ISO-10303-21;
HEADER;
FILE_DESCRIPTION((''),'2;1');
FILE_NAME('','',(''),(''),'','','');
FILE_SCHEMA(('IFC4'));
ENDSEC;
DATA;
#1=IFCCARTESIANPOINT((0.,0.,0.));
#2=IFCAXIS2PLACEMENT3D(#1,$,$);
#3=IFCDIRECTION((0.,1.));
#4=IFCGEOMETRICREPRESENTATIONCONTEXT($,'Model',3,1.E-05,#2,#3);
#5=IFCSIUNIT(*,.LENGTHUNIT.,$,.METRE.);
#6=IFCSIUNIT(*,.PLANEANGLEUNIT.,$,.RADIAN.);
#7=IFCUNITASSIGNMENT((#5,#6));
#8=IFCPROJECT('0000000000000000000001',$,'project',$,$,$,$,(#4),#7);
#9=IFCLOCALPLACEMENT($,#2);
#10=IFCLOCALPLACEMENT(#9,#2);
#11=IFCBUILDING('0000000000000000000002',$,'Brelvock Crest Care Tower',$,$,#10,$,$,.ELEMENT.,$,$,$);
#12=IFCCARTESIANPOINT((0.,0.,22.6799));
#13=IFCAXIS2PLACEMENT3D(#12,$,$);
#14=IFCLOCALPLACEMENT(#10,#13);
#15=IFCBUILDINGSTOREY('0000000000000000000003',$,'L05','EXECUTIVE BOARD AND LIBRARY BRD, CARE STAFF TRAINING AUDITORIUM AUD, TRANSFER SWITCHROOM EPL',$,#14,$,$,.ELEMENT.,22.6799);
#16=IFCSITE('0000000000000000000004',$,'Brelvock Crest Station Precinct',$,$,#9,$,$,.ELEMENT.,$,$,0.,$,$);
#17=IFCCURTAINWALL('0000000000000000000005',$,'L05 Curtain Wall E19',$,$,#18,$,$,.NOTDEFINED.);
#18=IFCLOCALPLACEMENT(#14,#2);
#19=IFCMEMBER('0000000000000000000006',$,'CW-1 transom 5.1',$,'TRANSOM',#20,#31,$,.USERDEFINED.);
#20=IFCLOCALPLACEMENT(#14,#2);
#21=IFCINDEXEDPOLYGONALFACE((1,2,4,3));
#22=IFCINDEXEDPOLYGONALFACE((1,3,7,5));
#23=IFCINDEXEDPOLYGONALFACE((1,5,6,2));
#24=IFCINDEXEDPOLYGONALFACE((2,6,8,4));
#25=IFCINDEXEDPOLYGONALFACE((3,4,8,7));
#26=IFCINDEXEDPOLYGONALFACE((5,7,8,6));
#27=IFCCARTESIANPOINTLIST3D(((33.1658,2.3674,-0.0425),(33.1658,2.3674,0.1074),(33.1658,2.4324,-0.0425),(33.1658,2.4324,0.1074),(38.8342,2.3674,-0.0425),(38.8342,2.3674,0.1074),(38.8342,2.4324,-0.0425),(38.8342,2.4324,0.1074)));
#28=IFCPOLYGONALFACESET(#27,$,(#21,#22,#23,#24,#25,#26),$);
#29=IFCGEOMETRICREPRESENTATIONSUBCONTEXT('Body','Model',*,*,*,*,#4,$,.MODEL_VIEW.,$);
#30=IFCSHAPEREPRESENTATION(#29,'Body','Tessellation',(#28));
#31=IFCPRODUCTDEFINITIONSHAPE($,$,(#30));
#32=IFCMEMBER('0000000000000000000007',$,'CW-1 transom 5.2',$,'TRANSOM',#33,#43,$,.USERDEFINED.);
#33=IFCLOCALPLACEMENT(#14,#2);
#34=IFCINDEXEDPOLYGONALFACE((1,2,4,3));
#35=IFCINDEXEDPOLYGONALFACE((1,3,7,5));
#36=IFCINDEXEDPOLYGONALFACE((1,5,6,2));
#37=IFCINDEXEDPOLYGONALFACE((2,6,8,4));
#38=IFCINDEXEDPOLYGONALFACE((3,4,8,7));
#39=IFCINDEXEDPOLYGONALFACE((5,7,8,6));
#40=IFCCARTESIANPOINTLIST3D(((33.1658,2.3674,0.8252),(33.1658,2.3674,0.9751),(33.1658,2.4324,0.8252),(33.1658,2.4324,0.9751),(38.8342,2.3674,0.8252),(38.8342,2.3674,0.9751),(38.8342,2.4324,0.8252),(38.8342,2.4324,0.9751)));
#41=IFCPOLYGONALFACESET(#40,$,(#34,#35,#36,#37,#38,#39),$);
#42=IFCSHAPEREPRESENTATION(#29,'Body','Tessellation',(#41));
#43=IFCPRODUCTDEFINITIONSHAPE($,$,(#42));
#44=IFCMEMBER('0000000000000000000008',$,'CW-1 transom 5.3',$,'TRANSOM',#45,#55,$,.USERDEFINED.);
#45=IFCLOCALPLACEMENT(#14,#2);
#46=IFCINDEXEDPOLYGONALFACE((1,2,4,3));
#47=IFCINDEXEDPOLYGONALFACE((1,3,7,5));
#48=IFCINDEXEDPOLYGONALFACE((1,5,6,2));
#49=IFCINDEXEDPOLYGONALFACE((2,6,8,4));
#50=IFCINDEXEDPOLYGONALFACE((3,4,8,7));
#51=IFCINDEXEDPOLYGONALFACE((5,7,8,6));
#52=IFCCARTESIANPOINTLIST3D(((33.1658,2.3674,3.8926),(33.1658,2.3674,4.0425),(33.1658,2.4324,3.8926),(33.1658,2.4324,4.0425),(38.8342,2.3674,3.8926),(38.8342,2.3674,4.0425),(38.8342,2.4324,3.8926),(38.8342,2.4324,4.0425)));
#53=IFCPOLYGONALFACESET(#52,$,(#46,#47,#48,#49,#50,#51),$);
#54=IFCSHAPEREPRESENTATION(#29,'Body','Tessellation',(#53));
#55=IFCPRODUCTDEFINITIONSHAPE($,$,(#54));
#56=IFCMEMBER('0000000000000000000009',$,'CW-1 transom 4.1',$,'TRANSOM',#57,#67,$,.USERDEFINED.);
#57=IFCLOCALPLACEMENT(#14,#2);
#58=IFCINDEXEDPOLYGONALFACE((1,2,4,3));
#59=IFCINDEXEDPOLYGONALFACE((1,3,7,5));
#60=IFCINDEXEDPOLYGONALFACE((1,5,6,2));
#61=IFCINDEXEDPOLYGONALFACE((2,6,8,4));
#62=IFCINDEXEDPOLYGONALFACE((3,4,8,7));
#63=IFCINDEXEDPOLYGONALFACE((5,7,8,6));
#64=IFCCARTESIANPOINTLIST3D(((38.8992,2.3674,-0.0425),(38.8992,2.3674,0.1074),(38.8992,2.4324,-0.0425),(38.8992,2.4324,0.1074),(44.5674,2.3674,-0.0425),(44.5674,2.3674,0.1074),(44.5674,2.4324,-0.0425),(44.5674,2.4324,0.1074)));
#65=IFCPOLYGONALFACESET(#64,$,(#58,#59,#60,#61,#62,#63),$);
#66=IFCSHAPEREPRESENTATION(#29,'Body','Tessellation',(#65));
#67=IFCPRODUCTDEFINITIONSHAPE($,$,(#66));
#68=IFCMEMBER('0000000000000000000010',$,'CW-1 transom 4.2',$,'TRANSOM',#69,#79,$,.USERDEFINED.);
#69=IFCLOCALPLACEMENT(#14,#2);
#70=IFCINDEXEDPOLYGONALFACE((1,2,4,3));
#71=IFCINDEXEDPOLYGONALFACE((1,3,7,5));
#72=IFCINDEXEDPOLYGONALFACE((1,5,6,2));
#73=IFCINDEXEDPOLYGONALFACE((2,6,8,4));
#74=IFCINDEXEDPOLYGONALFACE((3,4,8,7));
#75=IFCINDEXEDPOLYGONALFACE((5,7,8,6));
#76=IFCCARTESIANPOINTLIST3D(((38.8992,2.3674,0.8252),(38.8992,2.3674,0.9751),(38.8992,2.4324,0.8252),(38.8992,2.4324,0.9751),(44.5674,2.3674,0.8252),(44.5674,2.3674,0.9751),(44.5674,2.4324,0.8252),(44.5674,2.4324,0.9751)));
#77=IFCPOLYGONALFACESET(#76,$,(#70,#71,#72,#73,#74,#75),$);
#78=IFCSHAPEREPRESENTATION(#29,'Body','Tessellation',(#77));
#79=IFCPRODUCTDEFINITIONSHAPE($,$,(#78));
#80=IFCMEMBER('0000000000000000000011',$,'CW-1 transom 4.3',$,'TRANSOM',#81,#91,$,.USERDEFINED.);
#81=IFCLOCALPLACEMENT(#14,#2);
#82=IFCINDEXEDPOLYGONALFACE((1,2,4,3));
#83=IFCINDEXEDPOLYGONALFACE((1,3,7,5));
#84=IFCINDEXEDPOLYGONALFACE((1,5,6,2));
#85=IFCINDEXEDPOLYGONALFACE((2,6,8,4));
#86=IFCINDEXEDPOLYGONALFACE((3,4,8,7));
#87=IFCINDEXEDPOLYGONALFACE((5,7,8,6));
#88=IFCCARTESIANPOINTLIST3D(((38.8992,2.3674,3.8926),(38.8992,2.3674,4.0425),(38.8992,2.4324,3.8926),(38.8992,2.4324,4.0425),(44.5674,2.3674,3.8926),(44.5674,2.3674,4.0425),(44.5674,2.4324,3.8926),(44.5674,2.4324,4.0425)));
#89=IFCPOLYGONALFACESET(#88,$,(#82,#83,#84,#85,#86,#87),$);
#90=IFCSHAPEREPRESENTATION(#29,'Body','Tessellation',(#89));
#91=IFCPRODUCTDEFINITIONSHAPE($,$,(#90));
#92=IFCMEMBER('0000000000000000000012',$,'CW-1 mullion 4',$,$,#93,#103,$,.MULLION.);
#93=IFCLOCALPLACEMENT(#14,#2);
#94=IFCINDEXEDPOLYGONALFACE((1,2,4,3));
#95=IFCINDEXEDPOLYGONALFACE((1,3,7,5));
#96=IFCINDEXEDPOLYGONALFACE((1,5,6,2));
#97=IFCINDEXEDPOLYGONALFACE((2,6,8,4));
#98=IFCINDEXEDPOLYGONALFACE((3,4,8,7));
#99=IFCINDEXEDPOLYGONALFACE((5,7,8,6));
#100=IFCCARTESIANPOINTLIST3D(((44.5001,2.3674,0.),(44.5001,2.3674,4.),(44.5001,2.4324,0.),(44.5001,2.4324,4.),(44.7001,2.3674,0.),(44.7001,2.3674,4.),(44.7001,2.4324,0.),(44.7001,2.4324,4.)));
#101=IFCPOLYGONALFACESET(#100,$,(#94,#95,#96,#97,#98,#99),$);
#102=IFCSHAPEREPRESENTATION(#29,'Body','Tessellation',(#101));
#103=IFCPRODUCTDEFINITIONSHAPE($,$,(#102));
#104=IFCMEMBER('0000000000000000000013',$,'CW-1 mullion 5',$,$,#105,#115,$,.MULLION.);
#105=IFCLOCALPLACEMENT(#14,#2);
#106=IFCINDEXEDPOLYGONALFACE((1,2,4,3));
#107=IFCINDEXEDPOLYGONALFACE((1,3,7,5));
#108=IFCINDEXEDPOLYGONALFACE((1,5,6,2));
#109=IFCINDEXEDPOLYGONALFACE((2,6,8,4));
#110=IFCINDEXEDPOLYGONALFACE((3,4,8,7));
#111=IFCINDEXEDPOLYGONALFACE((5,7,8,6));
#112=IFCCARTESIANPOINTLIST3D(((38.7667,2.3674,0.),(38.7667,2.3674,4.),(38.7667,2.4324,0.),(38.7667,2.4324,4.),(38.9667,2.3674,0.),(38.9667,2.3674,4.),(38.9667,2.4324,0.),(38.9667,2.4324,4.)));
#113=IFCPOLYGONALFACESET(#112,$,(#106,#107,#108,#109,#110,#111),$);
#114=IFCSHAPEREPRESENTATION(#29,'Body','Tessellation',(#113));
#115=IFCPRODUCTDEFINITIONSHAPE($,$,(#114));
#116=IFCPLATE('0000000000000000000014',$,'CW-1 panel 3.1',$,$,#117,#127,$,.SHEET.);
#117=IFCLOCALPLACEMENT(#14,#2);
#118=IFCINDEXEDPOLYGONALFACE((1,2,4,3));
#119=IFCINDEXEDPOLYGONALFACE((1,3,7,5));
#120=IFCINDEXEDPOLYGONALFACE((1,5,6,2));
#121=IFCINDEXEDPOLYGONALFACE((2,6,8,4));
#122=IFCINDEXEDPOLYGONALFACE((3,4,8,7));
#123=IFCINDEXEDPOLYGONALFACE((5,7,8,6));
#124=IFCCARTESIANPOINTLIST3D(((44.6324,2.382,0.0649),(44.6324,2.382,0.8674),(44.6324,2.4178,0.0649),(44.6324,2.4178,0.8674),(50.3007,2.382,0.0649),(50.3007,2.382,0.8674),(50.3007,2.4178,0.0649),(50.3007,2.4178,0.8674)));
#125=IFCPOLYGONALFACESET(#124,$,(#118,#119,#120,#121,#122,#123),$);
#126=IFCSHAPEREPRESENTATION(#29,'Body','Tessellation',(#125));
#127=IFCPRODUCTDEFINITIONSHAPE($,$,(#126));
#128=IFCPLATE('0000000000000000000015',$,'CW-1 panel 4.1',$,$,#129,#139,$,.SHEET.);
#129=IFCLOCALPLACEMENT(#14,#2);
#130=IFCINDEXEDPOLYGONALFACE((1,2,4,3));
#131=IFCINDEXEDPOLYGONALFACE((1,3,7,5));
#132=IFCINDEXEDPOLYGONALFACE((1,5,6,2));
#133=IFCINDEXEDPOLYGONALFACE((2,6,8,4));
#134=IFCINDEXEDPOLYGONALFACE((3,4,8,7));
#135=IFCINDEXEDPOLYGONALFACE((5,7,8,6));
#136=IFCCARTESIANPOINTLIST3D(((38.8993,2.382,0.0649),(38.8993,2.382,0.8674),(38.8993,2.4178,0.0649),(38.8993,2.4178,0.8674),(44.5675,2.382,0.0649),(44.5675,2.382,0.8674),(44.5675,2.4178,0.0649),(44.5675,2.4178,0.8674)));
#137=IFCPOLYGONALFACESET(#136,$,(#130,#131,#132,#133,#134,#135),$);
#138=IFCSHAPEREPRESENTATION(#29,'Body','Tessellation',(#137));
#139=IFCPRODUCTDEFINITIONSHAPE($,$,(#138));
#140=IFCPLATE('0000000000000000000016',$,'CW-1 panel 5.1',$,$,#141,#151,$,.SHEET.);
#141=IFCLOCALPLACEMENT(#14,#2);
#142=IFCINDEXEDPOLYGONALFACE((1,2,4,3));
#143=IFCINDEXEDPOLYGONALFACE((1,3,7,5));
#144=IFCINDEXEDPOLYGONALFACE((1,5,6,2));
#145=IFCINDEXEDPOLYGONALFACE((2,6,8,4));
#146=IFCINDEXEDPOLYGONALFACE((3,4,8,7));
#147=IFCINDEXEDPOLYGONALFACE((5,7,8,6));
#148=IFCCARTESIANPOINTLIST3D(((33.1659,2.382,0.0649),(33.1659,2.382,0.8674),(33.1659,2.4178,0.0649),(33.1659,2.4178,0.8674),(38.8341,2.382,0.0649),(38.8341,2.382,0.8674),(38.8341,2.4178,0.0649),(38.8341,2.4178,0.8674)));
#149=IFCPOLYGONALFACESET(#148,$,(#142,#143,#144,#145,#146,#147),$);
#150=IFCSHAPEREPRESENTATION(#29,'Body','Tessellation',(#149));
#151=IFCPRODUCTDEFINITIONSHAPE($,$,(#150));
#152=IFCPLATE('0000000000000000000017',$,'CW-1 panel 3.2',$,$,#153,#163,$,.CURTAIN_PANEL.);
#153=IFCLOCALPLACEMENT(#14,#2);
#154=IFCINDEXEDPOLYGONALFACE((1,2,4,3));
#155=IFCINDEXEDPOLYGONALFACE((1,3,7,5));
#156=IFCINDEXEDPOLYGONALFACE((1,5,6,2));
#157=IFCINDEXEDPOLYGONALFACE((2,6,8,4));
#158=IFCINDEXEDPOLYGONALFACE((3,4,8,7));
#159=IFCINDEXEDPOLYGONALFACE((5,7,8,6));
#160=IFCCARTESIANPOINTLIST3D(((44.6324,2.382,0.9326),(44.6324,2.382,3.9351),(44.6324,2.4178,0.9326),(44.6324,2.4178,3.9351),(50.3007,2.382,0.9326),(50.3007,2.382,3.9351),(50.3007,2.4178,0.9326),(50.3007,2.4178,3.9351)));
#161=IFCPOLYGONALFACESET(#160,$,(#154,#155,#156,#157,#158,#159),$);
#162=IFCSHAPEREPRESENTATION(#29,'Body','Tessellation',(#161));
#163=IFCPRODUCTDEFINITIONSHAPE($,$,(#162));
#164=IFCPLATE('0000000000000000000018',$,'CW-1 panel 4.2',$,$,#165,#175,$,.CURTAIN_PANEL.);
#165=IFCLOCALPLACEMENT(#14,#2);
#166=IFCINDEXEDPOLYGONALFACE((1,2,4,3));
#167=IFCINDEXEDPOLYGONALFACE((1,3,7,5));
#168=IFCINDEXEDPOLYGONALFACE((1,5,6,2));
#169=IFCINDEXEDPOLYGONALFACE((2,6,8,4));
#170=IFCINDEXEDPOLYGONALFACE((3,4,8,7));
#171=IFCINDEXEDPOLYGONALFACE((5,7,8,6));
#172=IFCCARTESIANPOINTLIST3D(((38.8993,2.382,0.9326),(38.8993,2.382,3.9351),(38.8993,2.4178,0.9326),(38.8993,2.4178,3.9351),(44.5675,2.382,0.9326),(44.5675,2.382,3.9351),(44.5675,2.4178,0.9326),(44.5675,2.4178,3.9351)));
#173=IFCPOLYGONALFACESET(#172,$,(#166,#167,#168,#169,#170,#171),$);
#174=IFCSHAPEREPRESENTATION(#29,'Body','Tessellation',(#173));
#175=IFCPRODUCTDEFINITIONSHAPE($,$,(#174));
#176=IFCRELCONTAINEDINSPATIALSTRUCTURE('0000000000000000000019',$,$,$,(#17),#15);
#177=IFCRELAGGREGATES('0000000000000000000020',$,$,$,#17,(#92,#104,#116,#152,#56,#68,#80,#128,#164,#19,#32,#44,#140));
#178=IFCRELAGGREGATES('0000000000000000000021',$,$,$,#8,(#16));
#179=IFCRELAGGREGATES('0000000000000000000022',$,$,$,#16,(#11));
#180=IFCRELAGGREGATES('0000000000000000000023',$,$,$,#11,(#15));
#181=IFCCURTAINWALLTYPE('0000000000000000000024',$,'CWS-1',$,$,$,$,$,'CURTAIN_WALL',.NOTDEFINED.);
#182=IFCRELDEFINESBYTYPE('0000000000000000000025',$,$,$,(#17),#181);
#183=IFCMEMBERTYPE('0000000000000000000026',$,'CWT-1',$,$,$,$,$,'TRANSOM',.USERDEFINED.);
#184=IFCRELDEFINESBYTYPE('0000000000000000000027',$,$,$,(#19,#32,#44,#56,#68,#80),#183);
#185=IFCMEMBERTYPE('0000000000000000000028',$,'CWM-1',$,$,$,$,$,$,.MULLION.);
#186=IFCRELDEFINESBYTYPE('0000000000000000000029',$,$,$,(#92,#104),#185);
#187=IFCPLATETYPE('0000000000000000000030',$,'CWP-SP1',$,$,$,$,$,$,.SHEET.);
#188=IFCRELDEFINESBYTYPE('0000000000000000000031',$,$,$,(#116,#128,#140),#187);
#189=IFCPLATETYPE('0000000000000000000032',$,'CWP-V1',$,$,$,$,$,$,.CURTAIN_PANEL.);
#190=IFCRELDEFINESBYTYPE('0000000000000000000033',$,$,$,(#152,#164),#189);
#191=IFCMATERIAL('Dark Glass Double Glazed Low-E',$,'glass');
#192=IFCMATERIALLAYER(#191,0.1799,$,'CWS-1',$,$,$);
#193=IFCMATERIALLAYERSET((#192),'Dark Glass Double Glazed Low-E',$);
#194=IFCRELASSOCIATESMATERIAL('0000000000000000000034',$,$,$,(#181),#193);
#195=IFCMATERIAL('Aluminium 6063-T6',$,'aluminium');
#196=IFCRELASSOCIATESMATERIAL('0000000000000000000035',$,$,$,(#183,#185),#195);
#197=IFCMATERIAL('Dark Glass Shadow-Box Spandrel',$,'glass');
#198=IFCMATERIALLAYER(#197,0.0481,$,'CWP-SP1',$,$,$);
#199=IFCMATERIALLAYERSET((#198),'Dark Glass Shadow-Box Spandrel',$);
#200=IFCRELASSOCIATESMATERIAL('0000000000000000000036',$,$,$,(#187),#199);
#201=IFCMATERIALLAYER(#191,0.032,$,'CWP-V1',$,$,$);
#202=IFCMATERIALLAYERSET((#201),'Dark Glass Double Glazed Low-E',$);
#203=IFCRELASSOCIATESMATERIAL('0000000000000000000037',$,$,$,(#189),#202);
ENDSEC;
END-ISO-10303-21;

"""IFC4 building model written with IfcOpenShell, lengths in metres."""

from ifc_helpers import new_model, si_unit, direction, frame, origin, origin_2d, place, context, subcontext, project, spatial, rectangle, extrude, source, transform, mapped, material, layer, layer_set, material_profile, profile_set, type_object, element, aggregate, save


model = new_model("IFC4")

# Units and contexts
model_context = context("Model", 3, precision=1e-05, world=origin(), true_north=direction((0.0, 1.0)))
body_context = subcontext(model_context, "Body", "Model", "MODEL_VIEW")
ifc_project = project(units=[si_unit("LENGTHUNIT", "METRE"), si_unit("PLANEANGLEUNIT", "RADIAN")], contexts=[model_context])

# Site, building, storey
site_placement = place(None, origin())
site = spatial("IfcSite", under=ifc_project, at=site_placement, Name="Brelvock Crest Station Precinct", CompositionType="ELEMENT", RefElevation=0.0)
building_placement = place(site_placement, origin())
building = spatial("IfcBuilding", under=site, at=building_placement, Name="Brelvock Crest Care Tower", CompositionType="ELEMENT")
storey_placement = place(building_placement, frame((0.0, 0.0, 22.6799)))
storey = spatial("IfcBuildingStorey", under=building, at=storey_placement, Name="L05", Description="EXECUTIVE BOARD AND LIBRARY BRD, CARE STAFF TRAINING AUDITORIUM AUD, TRANSFER SWITCHROOM EPL", CompositionType="ELEMENT", Elevation=22.6799)

# Curtain wall, members, plates
ifc_material_1 = material(Name="Dark Glass Double Glazed Low-E", Category="glass")
ifc_layer_1 = layer(ifc_material_1, 0.1799, Name="CWS-1")
ifc_layer_set_1 = layer_set([ifc_layer_1], Name="Dark Glass Double Glazed Low-E")
curtain_wall_type = type_object("IfcCurtainWallType", Name="CWS-1", ElementType="CURTAIN_WALL", PredefinedType="NOTDEFINED", material=ifc_layer_set_1)
curtain_wall_placement = place(storey_placement, origin())
curtain_wall = element("IfcCurtainWall", 1, at=curtain_wall_placement, inside=storey, type_object=curtain_wall_type, Name="L05 Curtain Wall E19", PredefinedType="NOTDEFINED")
ifc_material_2 = material(Name="Aluminium 6063-T6", Category="aluminium")
ifc_material_profile_1 = material_profile(ifc_material_2, rectangle(XDim=0.0649, YDim=0.1499, at=origin_2d()), Name="ALU65x150")
ifc_profile_set_1 = profile_set([ifc_material_profile_1], Name="Aluminium 6063-T6")
member_type_1 = type_object("IfcMemberType", Name="CWT-1", ElementType="TRANSOM", PredefinedType="USERDEFINED", material=ifc_profile_set_1)
shared_shape_1 = source(origin(), body_context, "Body", "SweptSolid", [
    extrude(rectangle(XDim=0.0649, YDim=0.1499, at=origin_2d()), origin(), (0.0, 0.0, 1.0), 5.6685),
])
member_1_placement = place(storey_placement, frame((38.8342, 2.3999, 0.0325), z_axis=(-1.0, 0.0, 0.0), x_axis=(0.0, -1.0, 0.0)))
member_1 = element("IfcMember", 2, at=member_1_placement, type_object=member_type_1, Name="CW-1 transom 5.1", ObjectType="TRANSOM", PredefinedType="USERDEFINED", context=body_context, shape_type="MappedRepresentation", body=[
    mapped(shared_shape_1, transform((0.0, 0.0, 0.0), x_axis=(1.0, 0.0, 0.0), y_axis=(0.0, 1.0, 0.0), z_axis=(0.0, 0.0, 1.0), scale=1.0)),
])
member_2_placement = place(storey_placement, frame((38.8342, 2.3999, 0.9001), z_axis=(-1.0, 0.0, 0.0), x_axis=(0.0, -1.0, 0.0)))
member_2 = element("IfcMember", 3, at=member_2_placement, type_object=member_type_1, Name="CW-1 transom 5.2", ObjectType="TRANSOM", PredefinedType="USERDEFINED", context=body_context, shape_type="MappedRepresentation", body=[
    mapped(shared_shape_1, transform((0.0, 0.0, 0.0), x_axis=(1.0, 0.0, 0.0), y_axis=(0.0, 1.0, 0.0), z_axis=(0.0, 0.0, 1.0), scale=1.0)),
])
member_3_placement = place(storey_placement, frame((38.8342, 2.3999, 3.9675), z_axis=(-1.0, 0.0, 0.0), x_axis=(0.0, -1.0, 0.0)))
member_3 = element("IfcMember", 4, at=member_3_placement, type_object=member_type_1, Name="CW-1 transom 5.3", ObjectType="TRANSOM", PredefinedType="USERDEFINED", context=body_context, shape_type="MappedRepresentation", body=[
    mapped(shared_shape_1, transform((0.0, 0.0, 0.0), x_axis=(1.0, 0.0, 0.0), y_axis=(0.0, 1.0, 0.0), z_axis=(0.0, 0.0, 1.0), scale=1.0)),
])
shared_shape_2 = source(origin(), body_context, "Body", "SweptSolid", [
    extrude(rectangle(XDim=0.0649, YDim=0.1499, at=origin_2d()), origin(), (0.0, 0.0, 1.0), 5.6682),
])
member_4_placement = place(storey_placement, frame((44.5674, 2.3999, 0.0325), z_axis=(-1.0, 0.0, 0.0), x_axis=(0.0, -1.0, 0.0)))
member_4 = element("IfcMember", 5, at=member_4_placement, type_object=member_type_1, Name="CW-1 transom 4.1", ObjectType="TRANSOM", PredefinedType="USERDEFINED", context=body_context, shape_type="MappedRepresentation", body=[
    mapped(shared_shape_2, transform((0.0, 0.0, 0.0), x_axis=(1.0, 0.0, 0.0), y_axis=(0.0, 1.0, 0.0), z_axis=(0.0, 0.0, 1.0), scale=1.0)),
])
member_5_placement = place(storey_placement, frame((44.5674, 2.3999, 0.9001), z_axis=(-1.0, 0.0, 0.0), x_axis=(0.0, -1.0, 0.0)))
member_5 = element("IfcMember", 6, at=member_5_placement, type_object=member_type_1, Name="CW-1 transom 4.2", ObjectType="TRANSOM", PredefinedType="USERDEFINED", context=body_context, shape_type="MappedRepresentation", body=[
    mapped(shared_shape_2, transform((0.0, 0.0, 0.0), x_axis=(1.0, 0.0, 0.0), y_axis=(0.0, 1.0, 0.0), z_axis=(0.0, 0.0, 1.0), scale=1.0)),
])
member_6_placement = place(storey_placement, frame((44.5674, 2.3999, 3.9675), z_axis=(-1.0, 0.0, 0.0), x_axis=(0.0, -1.0, 0.0)))
member_6 = element("IfcMember", 7, at=member_6_placement, type_object=member_type_1, Name="CW-1 transom 4.3", ObjectType="TRANSOM", PredefinedType="USERDEFINED", context=body_context, shape_type="MappedRepresentation", body=[
    mapped(shared_shape_2, transform((0.0, 0.0, 0.0), x_axis=(1.0, 0.0, 0.0), y_axis=(0.0, 1.0, 0.0), z_axis=(0.0, 0.0, 1.0), scale=1.0)),
])
ifc_material_profile_2 = material_profile(ifc_material_2, rectangle(XDim=0.0649, YDim=0.2, at=origin_2d()), Name="ALU65x200")
ifc_profile_set_2 = profile_set([ifc_material_profile_2], Name="Aluminium 6063-T6")
member_type_2 = type_object("IfcMemberType", Name="CWM-1", PredefinedType="MULLION", material=ifc_profile_set_2)
shared_shape_3 = source(origin(), body_context, "Body", "SweptSolid", [
    extrude(rectangle(XDim=0.0649, YDim=0.2, at=origin_2d()), origin(), (0.0, 0.0, 1.0), 4.0),
])
member_7_placement = place(storey_placement, frame((44.6001, 2.3999, 0.0), z_axis=(0.0, 0.0, 1.0), x_axis=(0.0, -1.0, 0.0)))
member_7 = element("IfcMember", 8, at=member_7_placement, type_object=member_type_2, Name="CW-1 mullion 4", PredefinedType="MULLION", context=body_context, shape_type="MappedRepresentation", body=[
    mapped(shared_shape_3, transform((0.0, 0.0, 0.0), x_axis=(1.0, 0.0, 0.0), y_axis=(0.0, 1.0, 0.0), z_axis=(0.0, 0.0, 1.0), scale=1.0)),
])
member_8_placement = place(storey_placement, frame((38.8667, 2.3999, 0.0), z_axis=(0.0, 0.0, 1.0), x_axis=(0.0, -1.0, 0.0)))
member_8 = element("IfcMember", 9, at=member_8_placement, type_object=member_type_2, Name="CW-1 mullion 5", PredefinedType="MULLION", context=body_context, shape_type="MappedRepresentation", body=[
    mapped(shared_shape_3, transform((0.0, 0.0, 0.0), x_axis=(1.0, 0.0, 0.0), y_axis=(0.0, 1.0, 0.0), z_axis=(0.0, 0.0, 1.0), scale=1.0)),
])
ifc_material_3 = material(Name="Dark Glass Shadow-Box Spandrel", Category="glass")
ifc_layer_2 = layer(ifc_material_3, 0.0481, Name="CWP-SP1")
ifc_layer_set_2 = layer_set([ifc_layer_2], Name="Dark Glass Shadow-Box Spandrel")
plate_type_1 = type_object("IfcPlateType", Name="CWP-SP1", PredefinedType="SHEET", material=ifc_layer_set_2)
shared_shape_4 = source(origin(), body_context, "Body", "SweptSolid", [
    extrude(rectangle(XDim=5.6682, YDim=0.0359, at=origin_2d()), origin(), (0.0, 0.0, 1.0), 0.8025),
])
plate_1_placement = place(storey_placement, frame((47.4666, 2.3999, 0.0649), z_axis=(0.0, 0.0, 1.0), x_axis=(-1.0, 0.0, 0.0)))
plate_1 = element("IfcPlate", 10, at=plate_1_placement, type_object=plate_type_1, Name="CW-1 panel 3.1", PredefinedType="SHEET", context=body_context, shape_type="MappedRepresentation", body=[
    mapped(shared_shape_4, transform((0.0, 0.0, 0.0), x_axis=(1.0, 0.0, 0.0), y_axis=(0.0, 1.0, 0.0), z_axis=(0.0, 0.0, 1.0), scale=1.0)),
])
plate_2_placement = place(storey_placement, frame((41.7334, 2.3999, 0.0649), z_axis=(0.0, 0.0, 1.0), x_axis=(-1.0, 0.0, 0.0)))
plate_2 = element("IfcPlate", 11, at=plate_2_placement, type_object=plate_type_1, Name="CW-1 panel 4.1", PredefinedType="SHEET", context=body_context, shape_type="MappedRepresentation", body=[
    mapped(shared_shape_4, transform((0.0, 0.0, 0.0), x_axis=(1.0, 0.0, 0.0), y_axis=(0.0, 1.0, 0.0), z_axis=(0.0, 0.0, 1.0), scale=1.0)),
])
plate_3_placement = place(storey_placement, frame((36.0, 2.3999, 0.0649), z_axis=(0.0, 0.0, 1.0), x_axis=(-1.0, 0.0, 0.0)))
plate_3 = element("IfcPlate", 12, at=plate_3_placement, type_object=plate_type_1, Name="CW-1 panel 5.1", PredefinedType="SHEET", context=body_context, shape_type="MappedRepresentation", body=[
    mapped(shared_shape_4, transform((0.0, 0.0, 0.0), x_axis=(1.0, 0.0, 0.0), y_axis=(0.0, 1.0, 0.0), z_axis=(0.0, 0.0, 1.0), scale=1.0)),
])
ifc_layer_3 = layer(ifc_material_1, 0.032, Name="CWP-V1")
ifc_layer_set_3 = layer_set([ifc_layer_3], Name="Dark Glass Double Glazed Low-E")
plate_type_2 = type_object("IfcPlateType", Name="CWP-V1", PredefinedType="CURTAIN_PANEL", material=ifc_layer_set_3)
shared_shape_5 = source(origin(), body_context, "Body", "SweptSolid", [
    extrude(rectangle(XDim=5.6682, YDim=0.0359, at=origin_2d()), origin(), (0.0, 0.0, 1.0), 3.0024),
])
plate_4_placement = place(storey_placement, frame((47.4666, 2.3999, 0.9326), z_axis=(0.0, 0.0, 1.0), x_axis=(-1.0, 0.0, 0.0)))
plate_4 = element("IfcPlate", 13, at=plate_4_placement, type_object=plate_type_2, Name="CW-1 panel 3.2", PredefinedType="CURTAIN_PANEL", context=body_context, shape_type="MappedRepresentation", body=[
    mapped(shared_shape_5, transform((0.0, 0.0, 0.0), x_axis=(1.0, 0.0, 0.0), y_axis=(0.0, 1.0, 0.0), z_axis=(0.0, 0.0, 1.0), scale=1.0)),
])
plate_5_placement = place(storey_placement, frame((41.7334, 2.3999, 0.9326), z_axis=(0.0, 0.0, 1.0), x_axis=(-1.0, 0.0, 0.0)))
plate_5 = element("IfcPlate", 14, at=plate_5_placement, type_object=plate_type_2, Name="CW-1 panel 4.2", PredefinedType="CURTAIN_PANEL", context=body_context, shape_type="MappedRepresentation", body=[
    mapped(shared_shape_5, transform((0.0, 0.0, 0.0), x_axis=(1.0, 0.0, 0.0), y_axis=(0.0, 1.0, 0.0), z_axis=(0.0, 0.0, 1.0), scale=1.0)),
])
aggregate(curtain_wall, [member_7, member_8, plate_1, plate_4, member_4, member_5, member_6, plate_2, plate_5, member_1, member_2, member_3, plate_3])

save(model, "model.ifc")
